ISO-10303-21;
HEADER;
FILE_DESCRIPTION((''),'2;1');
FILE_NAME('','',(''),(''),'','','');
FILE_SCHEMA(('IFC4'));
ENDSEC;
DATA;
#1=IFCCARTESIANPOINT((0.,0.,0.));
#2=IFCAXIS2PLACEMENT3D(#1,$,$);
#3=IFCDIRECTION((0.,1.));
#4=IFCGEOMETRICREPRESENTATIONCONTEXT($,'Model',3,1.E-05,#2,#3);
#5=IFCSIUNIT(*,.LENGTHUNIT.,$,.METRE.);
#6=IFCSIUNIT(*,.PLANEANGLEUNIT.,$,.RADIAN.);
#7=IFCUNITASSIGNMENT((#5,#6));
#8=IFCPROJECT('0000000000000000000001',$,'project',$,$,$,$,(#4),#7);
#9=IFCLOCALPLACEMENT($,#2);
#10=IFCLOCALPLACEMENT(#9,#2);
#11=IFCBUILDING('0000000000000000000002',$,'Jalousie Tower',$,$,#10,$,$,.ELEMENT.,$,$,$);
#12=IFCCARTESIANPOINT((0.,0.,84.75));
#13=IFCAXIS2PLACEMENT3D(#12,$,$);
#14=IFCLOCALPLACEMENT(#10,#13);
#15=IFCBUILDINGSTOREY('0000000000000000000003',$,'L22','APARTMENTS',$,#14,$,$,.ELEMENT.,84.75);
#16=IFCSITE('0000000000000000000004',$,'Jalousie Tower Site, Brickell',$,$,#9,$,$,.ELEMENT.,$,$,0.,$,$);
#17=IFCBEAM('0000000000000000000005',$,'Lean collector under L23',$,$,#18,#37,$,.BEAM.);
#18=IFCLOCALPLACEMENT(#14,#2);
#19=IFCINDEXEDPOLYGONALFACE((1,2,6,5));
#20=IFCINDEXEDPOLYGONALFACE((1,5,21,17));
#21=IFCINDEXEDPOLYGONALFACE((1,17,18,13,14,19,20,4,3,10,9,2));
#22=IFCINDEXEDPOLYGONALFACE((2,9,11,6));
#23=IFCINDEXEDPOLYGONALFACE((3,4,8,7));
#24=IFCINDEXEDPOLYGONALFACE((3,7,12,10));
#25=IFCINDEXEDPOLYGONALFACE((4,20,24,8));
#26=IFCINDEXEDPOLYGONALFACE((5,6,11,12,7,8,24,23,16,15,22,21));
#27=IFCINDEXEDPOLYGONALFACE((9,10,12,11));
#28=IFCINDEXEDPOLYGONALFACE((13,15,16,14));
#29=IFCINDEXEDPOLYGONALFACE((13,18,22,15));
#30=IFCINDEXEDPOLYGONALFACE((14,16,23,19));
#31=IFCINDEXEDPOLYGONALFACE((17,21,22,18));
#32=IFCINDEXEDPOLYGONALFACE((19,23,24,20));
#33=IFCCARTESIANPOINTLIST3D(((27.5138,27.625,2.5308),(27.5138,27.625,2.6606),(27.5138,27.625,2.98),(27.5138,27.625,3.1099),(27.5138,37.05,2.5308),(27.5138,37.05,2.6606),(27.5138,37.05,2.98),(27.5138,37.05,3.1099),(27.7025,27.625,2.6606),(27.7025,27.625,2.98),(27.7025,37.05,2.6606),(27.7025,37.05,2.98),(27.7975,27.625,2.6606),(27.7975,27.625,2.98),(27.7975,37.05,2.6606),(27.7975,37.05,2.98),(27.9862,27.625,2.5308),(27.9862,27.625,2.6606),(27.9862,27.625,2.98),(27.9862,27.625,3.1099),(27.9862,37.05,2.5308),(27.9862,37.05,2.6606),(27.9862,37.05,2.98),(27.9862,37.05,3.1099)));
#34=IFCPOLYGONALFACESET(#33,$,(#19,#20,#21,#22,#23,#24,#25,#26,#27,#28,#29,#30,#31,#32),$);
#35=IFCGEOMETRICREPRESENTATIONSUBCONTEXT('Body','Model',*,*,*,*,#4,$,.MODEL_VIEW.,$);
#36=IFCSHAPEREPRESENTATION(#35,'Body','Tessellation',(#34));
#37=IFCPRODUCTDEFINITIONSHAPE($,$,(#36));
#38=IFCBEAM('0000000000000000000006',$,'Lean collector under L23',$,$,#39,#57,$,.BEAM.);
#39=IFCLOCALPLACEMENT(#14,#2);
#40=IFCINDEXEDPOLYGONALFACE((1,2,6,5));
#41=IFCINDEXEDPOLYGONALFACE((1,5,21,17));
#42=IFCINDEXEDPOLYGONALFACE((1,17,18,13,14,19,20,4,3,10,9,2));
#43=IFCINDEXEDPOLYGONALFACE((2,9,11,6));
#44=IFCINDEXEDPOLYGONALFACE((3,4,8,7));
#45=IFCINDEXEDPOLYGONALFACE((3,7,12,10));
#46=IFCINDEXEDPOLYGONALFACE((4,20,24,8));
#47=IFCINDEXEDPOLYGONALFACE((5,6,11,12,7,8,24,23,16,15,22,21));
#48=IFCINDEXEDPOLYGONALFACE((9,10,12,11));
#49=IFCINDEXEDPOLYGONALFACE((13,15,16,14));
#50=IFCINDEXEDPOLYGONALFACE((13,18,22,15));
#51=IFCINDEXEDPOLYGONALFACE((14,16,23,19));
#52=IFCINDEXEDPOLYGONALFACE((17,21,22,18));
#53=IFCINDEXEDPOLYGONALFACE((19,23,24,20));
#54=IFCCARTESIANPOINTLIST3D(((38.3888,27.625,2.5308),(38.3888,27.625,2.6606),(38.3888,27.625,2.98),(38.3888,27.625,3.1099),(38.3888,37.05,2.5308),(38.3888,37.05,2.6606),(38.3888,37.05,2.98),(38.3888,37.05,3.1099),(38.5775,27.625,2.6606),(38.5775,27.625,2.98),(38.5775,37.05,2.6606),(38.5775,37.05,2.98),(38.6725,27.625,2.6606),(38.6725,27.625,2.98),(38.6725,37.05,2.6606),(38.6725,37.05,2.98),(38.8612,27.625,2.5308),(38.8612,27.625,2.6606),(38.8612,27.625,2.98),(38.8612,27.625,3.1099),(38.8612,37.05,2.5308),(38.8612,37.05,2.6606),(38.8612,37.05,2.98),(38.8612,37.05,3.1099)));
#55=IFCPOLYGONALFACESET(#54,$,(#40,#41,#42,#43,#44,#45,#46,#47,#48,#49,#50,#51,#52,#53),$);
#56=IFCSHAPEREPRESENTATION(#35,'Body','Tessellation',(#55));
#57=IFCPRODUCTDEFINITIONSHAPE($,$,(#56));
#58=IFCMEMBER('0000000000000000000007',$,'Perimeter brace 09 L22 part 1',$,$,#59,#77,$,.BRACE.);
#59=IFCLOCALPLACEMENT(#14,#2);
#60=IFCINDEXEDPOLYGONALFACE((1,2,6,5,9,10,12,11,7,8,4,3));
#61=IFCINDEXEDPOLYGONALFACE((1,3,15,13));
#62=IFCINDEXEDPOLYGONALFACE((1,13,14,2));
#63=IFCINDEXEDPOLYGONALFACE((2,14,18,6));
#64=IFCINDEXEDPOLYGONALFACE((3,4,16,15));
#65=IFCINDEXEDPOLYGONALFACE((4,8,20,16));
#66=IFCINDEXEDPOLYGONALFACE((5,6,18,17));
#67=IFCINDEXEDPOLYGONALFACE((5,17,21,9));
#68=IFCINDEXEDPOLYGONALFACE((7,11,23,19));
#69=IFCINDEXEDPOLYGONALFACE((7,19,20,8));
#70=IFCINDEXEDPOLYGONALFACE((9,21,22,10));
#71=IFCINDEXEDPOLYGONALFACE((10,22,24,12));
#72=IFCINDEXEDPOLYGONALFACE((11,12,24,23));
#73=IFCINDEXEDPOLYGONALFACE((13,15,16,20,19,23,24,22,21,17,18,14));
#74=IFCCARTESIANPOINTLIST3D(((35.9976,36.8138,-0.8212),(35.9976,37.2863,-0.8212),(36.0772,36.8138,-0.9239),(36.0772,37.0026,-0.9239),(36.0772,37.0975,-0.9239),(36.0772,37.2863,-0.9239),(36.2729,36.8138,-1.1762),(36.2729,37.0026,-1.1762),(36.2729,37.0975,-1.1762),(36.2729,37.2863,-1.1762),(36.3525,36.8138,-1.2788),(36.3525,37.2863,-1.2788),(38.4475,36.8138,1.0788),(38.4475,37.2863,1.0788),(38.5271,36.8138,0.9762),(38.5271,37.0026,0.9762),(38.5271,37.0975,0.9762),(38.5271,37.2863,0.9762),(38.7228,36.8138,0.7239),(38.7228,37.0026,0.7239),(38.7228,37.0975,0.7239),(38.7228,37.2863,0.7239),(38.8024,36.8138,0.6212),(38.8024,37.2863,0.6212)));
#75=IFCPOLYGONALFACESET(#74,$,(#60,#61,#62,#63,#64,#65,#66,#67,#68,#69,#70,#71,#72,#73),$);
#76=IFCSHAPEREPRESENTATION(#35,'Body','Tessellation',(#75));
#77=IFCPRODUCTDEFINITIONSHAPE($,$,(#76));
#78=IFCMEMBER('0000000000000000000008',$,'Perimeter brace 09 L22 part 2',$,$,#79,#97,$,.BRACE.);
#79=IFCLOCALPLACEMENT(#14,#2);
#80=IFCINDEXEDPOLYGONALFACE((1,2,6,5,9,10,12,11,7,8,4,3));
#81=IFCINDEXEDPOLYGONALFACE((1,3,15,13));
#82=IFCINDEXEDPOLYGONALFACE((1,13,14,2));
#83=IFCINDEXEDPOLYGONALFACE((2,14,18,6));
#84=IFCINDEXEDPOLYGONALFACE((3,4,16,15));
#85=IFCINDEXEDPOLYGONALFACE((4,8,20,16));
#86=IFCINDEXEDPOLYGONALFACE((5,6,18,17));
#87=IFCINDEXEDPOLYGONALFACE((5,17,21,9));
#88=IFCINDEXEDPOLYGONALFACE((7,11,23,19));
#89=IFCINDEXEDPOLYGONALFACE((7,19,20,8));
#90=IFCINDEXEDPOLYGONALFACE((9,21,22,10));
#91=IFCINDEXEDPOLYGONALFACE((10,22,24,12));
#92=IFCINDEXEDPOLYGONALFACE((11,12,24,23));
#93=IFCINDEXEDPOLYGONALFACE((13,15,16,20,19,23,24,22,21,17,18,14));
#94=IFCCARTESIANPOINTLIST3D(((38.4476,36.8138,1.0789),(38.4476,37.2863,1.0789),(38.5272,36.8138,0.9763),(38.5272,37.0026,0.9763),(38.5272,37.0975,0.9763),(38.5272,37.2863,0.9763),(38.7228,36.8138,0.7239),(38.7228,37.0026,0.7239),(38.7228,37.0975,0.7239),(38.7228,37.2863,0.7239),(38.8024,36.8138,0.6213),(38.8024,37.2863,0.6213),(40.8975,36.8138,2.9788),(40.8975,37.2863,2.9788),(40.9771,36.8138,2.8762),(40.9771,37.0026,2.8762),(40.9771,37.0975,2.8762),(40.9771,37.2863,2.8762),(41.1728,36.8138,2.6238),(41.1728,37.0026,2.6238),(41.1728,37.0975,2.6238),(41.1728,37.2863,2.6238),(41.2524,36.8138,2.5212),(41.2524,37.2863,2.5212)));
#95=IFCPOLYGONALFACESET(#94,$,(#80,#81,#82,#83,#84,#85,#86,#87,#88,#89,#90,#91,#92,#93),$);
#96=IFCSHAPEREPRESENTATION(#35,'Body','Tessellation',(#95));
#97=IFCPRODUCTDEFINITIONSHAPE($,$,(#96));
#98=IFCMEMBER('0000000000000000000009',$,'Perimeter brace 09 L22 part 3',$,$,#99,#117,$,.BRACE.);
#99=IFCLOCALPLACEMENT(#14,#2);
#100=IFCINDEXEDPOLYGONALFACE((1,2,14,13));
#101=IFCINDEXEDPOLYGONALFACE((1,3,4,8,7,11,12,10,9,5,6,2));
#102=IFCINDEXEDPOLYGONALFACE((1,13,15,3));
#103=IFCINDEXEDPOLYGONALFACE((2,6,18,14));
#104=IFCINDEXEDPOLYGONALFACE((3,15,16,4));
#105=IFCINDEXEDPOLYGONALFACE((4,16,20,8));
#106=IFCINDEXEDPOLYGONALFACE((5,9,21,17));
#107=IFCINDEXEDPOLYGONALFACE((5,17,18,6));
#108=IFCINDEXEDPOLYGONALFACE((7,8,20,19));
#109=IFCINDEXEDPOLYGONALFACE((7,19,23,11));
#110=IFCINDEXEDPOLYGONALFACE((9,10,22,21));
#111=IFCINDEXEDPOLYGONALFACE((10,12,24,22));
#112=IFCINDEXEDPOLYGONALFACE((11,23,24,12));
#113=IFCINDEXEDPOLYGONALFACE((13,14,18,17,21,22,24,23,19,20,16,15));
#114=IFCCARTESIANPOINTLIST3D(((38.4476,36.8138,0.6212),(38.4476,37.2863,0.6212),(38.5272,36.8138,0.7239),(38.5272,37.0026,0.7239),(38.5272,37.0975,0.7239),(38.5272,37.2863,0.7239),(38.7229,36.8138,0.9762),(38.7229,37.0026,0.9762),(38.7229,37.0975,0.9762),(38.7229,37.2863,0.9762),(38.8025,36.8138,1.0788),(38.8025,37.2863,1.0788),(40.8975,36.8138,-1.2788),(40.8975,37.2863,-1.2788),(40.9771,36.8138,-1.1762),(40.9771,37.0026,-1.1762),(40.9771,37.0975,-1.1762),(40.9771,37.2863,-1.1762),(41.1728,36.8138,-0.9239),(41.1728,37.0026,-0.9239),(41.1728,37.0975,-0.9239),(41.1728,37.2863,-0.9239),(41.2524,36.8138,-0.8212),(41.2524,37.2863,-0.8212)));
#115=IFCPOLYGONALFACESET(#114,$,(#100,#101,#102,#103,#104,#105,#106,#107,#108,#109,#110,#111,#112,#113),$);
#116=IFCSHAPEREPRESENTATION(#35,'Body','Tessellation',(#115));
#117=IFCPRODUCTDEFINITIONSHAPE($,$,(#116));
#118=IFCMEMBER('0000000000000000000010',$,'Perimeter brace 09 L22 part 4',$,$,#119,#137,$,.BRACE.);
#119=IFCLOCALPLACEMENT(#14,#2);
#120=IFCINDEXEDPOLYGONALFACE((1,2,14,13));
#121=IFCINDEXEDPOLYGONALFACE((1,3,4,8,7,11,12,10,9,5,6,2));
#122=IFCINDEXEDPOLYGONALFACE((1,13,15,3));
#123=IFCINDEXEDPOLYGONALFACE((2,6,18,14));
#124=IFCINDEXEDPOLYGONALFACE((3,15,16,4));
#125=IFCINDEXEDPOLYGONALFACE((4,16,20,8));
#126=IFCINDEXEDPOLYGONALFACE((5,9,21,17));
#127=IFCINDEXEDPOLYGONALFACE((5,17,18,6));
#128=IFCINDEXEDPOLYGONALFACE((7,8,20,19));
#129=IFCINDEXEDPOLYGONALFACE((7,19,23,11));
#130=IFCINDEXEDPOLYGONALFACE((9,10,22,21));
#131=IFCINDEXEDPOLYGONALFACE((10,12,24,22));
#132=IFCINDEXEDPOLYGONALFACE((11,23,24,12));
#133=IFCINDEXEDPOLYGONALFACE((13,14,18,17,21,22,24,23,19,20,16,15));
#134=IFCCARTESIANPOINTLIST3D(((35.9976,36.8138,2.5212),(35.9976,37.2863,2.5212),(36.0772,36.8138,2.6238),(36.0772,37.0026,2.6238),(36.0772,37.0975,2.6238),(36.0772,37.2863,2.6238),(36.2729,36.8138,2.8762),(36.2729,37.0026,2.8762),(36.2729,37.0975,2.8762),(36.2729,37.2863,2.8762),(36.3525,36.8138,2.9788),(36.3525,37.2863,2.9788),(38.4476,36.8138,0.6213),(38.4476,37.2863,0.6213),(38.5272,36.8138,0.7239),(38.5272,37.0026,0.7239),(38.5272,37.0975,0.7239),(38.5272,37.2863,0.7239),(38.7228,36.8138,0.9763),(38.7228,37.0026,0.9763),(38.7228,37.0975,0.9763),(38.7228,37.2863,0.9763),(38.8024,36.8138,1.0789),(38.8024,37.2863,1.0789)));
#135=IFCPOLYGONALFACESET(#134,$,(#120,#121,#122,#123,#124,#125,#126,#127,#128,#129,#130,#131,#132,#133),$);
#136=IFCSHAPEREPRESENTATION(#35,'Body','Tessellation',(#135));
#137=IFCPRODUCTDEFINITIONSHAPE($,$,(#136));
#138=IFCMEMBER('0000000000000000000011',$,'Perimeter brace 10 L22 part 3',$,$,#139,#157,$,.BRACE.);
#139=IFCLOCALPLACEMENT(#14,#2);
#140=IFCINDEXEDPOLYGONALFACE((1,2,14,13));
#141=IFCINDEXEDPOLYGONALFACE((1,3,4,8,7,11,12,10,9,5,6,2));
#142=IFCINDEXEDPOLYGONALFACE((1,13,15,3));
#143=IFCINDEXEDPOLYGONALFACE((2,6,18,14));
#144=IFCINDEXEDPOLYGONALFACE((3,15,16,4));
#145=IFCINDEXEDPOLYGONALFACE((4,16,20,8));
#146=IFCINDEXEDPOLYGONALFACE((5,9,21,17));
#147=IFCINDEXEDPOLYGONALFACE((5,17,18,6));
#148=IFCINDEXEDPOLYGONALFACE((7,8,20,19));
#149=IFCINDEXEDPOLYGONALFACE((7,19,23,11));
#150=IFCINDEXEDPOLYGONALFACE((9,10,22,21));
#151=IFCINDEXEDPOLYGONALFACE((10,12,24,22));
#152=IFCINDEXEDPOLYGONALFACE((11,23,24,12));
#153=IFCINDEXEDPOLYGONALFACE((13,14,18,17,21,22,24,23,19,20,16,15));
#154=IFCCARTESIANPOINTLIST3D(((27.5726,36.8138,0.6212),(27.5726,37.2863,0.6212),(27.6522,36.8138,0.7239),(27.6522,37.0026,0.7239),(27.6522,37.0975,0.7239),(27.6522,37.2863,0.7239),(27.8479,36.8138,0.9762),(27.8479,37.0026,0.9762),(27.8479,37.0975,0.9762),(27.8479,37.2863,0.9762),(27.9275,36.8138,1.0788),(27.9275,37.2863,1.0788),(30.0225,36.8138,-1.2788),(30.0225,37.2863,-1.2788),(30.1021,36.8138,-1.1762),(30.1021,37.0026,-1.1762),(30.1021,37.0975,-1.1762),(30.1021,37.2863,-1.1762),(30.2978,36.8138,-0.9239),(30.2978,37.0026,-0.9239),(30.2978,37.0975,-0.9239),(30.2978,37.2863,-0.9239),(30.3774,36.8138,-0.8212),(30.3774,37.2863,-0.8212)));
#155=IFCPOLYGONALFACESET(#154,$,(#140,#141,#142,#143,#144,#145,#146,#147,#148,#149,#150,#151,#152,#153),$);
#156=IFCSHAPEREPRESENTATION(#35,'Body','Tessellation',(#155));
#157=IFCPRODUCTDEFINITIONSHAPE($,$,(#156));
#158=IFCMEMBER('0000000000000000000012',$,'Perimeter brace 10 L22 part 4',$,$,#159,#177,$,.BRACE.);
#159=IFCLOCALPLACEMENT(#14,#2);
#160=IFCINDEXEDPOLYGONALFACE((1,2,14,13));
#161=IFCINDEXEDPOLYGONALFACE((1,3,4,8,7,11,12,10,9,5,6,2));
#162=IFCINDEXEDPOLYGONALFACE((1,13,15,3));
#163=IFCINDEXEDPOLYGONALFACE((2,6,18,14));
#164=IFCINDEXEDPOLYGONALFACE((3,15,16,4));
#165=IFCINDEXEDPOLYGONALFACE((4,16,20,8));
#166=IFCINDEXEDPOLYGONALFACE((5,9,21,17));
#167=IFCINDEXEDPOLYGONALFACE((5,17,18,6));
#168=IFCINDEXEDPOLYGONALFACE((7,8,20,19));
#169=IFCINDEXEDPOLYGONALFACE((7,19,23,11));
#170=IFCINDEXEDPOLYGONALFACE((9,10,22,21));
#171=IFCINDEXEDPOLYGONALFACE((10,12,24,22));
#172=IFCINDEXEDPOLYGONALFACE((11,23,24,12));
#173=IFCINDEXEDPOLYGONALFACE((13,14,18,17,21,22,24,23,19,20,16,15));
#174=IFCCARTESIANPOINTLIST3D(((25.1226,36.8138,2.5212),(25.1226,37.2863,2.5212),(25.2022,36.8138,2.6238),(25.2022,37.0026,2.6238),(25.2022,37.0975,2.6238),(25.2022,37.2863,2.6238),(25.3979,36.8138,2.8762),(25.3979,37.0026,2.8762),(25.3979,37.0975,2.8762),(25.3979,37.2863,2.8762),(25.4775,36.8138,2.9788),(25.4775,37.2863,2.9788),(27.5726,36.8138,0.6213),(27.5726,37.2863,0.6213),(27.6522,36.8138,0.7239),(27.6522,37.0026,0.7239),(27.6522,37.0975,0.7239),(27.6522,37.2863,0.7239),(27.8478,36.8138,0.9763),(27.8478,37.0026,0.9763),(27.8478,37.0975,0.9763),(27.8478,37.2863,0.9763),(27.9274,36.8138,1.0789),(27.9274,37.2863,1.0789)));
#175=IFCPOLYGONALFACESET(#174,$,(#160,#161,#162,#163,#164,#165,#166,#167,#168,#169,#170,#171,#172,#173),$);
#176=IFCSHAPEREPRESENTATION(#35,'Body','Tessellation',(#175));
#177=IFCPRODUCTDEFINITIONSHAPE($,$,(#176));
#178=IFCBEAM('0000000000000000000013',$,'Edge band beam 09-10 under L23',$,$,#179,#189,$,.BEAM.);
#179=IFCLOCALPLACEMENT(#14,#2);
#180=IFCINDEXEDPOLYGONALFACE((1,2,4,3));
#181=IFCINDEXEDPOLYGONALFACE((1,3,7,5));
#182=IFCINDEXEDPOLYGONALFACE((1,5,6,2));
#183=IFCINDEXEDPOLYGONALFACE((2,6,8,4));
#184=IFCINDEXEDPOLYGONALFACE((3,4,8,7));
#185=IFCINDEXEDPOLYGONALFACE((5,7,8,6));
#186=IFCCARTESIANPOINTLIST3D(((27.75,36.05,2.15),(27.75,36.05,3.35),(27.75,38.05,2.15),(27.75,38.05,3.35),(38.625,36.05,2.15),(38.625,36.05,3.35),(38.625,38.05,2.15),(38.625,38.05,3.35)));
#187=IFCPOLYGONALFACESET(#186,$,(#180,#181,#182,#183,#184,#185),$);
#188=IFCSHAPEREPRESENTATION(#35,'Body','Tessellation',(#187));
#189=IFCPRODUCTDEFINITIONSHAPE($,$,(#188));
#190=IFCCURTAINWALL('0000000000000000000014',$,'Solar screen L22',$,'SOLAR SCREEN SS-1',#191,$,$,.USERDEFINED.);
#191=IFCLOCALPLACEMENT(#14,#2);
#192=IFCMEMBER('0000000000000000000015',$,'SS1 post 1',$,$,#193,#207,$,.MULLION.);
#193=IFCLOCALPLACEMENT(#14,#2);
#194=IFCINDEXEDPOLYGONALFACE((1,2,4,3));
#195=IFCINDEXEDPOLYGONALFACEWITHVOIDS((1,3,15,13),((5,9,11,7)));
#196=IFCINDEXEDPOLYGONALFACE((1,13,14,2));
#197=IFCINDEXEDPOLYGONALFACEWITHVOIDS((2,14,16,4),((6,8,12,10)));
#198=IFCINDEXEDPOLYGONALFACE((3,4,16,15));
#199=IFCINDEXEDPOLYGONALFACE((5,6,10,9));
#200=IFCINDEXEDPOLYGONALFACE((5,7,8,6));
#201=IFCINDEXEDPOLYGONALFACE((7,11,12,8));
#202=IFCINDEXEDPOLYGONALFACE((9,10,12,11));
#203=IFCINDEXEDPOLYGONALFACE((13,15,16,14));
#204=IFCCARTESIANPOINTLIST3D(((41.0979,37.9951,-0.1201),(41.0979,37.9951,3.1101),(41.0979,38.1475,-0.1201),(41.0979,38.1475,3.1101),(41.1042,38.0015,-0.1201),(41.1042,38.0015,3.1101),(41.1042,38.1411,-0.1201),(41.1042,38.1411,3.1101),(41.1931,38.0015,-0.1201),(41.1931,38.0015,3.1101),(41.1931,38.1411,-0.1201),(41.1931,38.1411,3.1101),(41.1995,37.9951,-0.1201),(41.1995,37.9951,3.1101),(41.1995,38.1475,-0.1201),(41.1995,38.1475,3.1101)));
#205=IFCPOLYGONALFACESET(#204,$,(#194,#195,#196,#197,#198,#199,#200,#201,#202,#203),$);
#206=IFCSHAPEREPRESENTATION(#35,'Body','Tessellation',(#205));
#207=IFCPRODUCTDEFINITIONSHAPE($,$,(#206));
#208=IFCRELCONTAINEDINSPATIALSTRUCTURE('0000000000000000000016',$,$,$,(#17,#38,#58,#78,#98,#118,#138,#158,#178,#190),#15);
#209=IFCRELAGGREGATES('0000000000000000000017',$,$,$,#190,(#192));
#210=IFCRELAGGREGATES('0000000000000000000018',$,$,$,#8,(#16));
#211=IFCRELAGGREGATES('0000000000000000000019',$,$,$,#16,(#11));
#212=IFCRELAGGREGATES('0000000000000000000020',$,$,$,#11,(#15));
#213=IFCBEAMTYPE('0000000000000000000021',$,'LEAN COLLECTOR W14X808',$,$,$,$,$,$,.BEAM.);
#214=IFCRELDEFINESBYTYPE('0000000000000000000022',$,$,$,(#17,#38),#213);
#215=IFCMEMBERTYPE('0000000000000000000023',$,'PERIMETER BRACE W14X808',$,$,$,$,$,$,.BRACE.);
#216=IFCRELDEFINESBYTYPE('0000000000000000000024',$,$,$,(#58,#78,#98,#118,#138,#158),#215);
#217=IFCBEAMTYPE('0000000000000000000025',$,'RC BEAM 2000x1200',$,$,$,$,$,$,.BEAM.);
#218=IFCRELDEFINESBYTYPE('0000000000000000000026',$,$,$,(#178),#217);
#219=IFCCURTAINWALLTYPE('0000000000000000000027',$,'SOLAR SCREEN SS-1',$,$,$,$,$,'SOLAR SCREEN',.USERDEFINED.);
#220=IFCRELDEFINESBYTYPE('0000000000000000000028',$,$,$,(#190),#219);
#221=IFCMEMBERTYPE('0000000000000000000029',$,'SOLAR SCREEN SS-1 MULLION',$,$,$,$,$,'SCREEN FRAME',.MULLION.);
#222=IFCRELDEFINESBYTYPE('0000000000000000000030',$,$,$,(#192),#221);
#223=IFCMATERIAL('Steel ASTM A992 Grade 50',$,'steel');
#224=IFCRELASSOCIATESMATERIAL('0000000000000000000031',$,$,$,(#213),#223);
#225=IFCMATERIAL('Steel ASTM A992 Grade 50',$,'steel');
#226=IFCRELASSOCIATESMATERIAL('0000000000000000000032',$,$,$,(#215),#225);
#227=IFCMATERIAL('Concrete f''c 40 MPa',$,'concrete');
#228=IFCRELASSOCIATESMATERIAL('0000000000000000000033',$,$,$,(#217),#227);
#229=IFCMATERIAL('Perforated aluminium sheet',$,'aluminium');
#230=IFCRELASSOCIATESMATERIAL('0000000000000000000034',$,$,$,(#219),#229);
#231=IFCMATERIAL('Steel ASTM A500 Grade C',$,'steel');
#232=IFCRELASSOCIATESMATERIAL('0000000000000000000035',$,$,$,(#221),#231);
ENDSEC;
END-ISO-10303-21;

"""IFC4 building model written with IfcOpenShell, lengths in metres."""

from ifc_helpers import new_model, si_unit, direction, frame, origin, origin_2d, place, context, subcontext, project, spatial, rectangle, hollow_rectangle, i_section, extrude, material, material_profile, profile_set, type_object, element, aggregate, save


model = new_model("IFC4")

# Units and contexts
model_context = context("Model", 3, precision=1e-05, world=origin(), true_north=direction((0.0, 1.0)))
body_context = subcontext(model_context, "Body", "Model", "MODEL_VIEW")
ifc_project = project(units=[si_unit("LENGTHUNIT", "METRE"), si_unit("PLANEANGLEUNIT", "RADIAN")], contexts=[model_context])

# Site, building, storey
site_placement = place(None, origin())
site = spatial("IfcSite", under=ifc_project, at=site_placement, Name="Jalousie Tower Site, Brickell", CompositionType="ELEMENT", RefElevation=0.0)
building_placement = place(site_placement, origin())
building = spatial("IfcBuilding", under=site, at=building_placement, Name="Jalousie Tower", CompositionType="ELEMENT")
storey_placement = place(building_placement, frame((0.0, 0.0, 84.75)))
storey = spatial("IfcBuildingStorey", under=building, at=storey_placement, Name="L22", Description="APARTMENTS", CompositionType="ELEMENT", Elevation=84.75)

# Beams
ifc_material_1 = material(Name="Steel ASTM A992 Grade 50", Category="steel")
ifc_material_profile_1 = material_profile(ifc_material_1, i_section(OverallWidth=0.4724, OverallDepth=0.5791, WebThickness=0.095, FlangeThickness=0.1299, at=origin_2d()), Name="W14X808")
ifc_profile_set_1 = profile_set([ifc_material_profile_1], Name="Steel ASTM A992 Grade 50")
beam_type_1 = type_object("IfcBeamType", Name="LEAN COLLECTOR W14X808", PredefinedType="BEAM", material=ifc_profile_set_1)
for number, where, z_axis, x_axis, name in (
    (1, (27.75, 37.05, 2.8203), (0.0, -1.0, 0.0), (1.0, 0.0, 0.0), "Lean collector under L23"),
    (2, (38.625, 37.05, 2.8203), (0.0, -1.0, 0.0), (1.0, 0.0, 0.0), "Lean collector under L23"),
):
    element("IfcBeam", number, at=place(storey_placement, frame(where, z_axis=z_axis, x_axis=x_axis)), inside=storey, type_object=beam_type_1, Name=name, PredefinedType="BEAM", context=body_context, shape_type="SweptSolid", body=[
        extrude(i_section(OverallWidth=0.4724, OverallDepth=0.5791, WebThickness=0.095, FlangeThickness=0.1299, at=origin_2d()), origin(), (0.0, 0.0, 1.0), 9.425),
    ])

# Members
ifc_material_2 = material(Name="Steel ASTM A992 Grade 50", Category="steel")
ifc_material_profile_2 = material_profile(ifc_material_2, i_section(OverallWidth=0.4724, OverallDepth=0.5791, WebThickness=0.095, FlangeThickness=0.1299, at=origin_2d()), Name="W14X808")
ifc_profile_set_2 = profile_set([ifc_material_profile_2], Name="Steel ASTM A992 Grade 50")
member_type_1 = type_object("IfcMemberType", Name="PERIMETER BRACE W14X808", PredefinedType="BRACE", material=ifc_profile_set_2)
for number, where, z_axis, x_axis, name in (
    (3, (36.175, 37.05, -1.05), (0.790191, 0.0, 0.612861), (0.0, 1.0, 0.0), "Perimeter brace 09 L22 part 1"),
    (4, (38.625, 37.05, 0.8501), (0.790229, 0.0, 0.612811), (0.0, 1.0, 0.0), "Perimeter brace 09 L22 part 2"),
    (5, (41.075, 37.05, -1.05), (-0.790191, 0.0, 0.612861), (0.0, -1.0, 0.0), "Perimeter brace 09 L22 part 3"),
    (6, (38.625, 37.05, 0.8501), (-0.790229, 0.0, 0.612811), (0.0, -1.0, 0.0), "Perimeter brace 09 L22 part 4"),
    (7, (30.2, 37.05, -1.05), (-0.790191, 0.0, 0.612861), (0.0, -1.0, 0.0), "Perimeter brace 10 L22 part 3"),
    (8, (27.75, 37.05, 0.8501), (-0.790229, 0.0, 0.612811), (0.0, -1.0, 0.0), "Perimeter brace 10 L22 part 4"),
):
    element("IfcMember", number, at=place(storey_placement, frame(where, z_axis=z_axis, x_axis=x_axis)), inside=storey, type_object=member_type_1, Name=name, PredefinedType="BRACE", context=body_context, shape_type="SweptSolid", body=[
        extrude(i_section(OverallWidth=0.4724, OverallDepth=0.5791, WebThickness=0.095, FlangeThickness=0.1299, at=origin_2d()), origin(), (0.0, 0.0, 1.0), 3.1003),
    ])

# Beam
ifc_material_3 = material(Name="Concrete f'c 40 MPa", Category="concrete")
ifc_material_profile_3 = material_profile(ifc_material_3, rectangle(XDim=2.0, YDim=1.2, at=origin_2d()), Name="RC 2000x1200")
ifc_profile_set_3 = profile_set([ifc_material_profile_3], Name="Concrete f'c 40 MPa")
beam_type_2 = type_object("IfcBeamType", Name="RC BEAM 2000x1200", PredefinedType="BEAM", material=ifc_profile_set_3)
beam_placement = place(storey_placement, frame((38.625, 37.05, 2.75), z_axis=(-1.0, 0.0, 0.0), x_axis=(0.0, -1.0, 0.0)))
element("IfcBeam", 9, at=beam_placement, inside=storey, type_object=beam_type_2, Name="Edge band beam 09-10 under L23", PredefinedType="BEAM", context=body_context, shape_type="SweptSolid", body=[
    extrude(rectangle(XDim=2.0, YDim=1.2, at=origin_2d()), origin(), (0.0, 0.0, 1.0), 10.875),
])

# Curtain wall, member
ifc_material_4 = material(Name="Perforated aluminium sheet", Category="aluminium")
curtain_wall_type = type_object("IfcCurtainWallType", Name="SOLAR SCREEN SS-1", ElementType="SOLAR SCREEN", PredefinedType="USERDEFINED", material=ifc_material_4)
curtain_wall_1_placement = place(storey_placement, origin())
curtain_wall_1 = element("IfcCurtainWall", 10, at=curtain_wall_1_placement, inside=storey, type_object=curtain_wall_type, Name="Solar screen L22", ObjectType="SOLAR SCREEN SS-1", PredefinedType="USERDEFINED")
ifc_material_5 = material(Name="Steel ASTM A500 Grade C", Category="steel")
ifc_material_profile_4 = material_profile(ifc_material_5, hollow_rectangle(XDim=0.1016, YDim=0.1523, WallThickness=0.0063, at=origin_2d()), Name="HSS6X4X1/4")
ifc_profile_set_4 = profile_set([ifc_material_profile_4], Name="Steel ASTM A500 Grade C")
member_type_2 = type_object("IfcMemberType", Name="SOLAR SCREEN SS-1 MULLION", ElementType="SCREEN FRAME", PredefinedType="MULLION", material=ifc_profile_set_4)
member_1_placement = place(storey_placement, frame((41.1487, 38.0713, -0.1201), z_axis=(0.0, 0.0, 1.0), x_axis=(-1.0, 0.0, 0.0)))
member_1 = element("IfcMember", 11, at=member_1_placement, type_object=member_type_2, Name="SS1 post 1", PredefinedType="MULLION", context=body_context, shape_type="SweptSolid", body=[
    extrude(hollow_rectangle(XDim=0.1016, YDim=0.1523, WallThickness=0.0063, at=origin_2d()), origin(), (0.0, 0.0, 1.0), 3.2302),
])

aggregate(curtain_wall_1, [member_1])

save(model, "model.ifc")
